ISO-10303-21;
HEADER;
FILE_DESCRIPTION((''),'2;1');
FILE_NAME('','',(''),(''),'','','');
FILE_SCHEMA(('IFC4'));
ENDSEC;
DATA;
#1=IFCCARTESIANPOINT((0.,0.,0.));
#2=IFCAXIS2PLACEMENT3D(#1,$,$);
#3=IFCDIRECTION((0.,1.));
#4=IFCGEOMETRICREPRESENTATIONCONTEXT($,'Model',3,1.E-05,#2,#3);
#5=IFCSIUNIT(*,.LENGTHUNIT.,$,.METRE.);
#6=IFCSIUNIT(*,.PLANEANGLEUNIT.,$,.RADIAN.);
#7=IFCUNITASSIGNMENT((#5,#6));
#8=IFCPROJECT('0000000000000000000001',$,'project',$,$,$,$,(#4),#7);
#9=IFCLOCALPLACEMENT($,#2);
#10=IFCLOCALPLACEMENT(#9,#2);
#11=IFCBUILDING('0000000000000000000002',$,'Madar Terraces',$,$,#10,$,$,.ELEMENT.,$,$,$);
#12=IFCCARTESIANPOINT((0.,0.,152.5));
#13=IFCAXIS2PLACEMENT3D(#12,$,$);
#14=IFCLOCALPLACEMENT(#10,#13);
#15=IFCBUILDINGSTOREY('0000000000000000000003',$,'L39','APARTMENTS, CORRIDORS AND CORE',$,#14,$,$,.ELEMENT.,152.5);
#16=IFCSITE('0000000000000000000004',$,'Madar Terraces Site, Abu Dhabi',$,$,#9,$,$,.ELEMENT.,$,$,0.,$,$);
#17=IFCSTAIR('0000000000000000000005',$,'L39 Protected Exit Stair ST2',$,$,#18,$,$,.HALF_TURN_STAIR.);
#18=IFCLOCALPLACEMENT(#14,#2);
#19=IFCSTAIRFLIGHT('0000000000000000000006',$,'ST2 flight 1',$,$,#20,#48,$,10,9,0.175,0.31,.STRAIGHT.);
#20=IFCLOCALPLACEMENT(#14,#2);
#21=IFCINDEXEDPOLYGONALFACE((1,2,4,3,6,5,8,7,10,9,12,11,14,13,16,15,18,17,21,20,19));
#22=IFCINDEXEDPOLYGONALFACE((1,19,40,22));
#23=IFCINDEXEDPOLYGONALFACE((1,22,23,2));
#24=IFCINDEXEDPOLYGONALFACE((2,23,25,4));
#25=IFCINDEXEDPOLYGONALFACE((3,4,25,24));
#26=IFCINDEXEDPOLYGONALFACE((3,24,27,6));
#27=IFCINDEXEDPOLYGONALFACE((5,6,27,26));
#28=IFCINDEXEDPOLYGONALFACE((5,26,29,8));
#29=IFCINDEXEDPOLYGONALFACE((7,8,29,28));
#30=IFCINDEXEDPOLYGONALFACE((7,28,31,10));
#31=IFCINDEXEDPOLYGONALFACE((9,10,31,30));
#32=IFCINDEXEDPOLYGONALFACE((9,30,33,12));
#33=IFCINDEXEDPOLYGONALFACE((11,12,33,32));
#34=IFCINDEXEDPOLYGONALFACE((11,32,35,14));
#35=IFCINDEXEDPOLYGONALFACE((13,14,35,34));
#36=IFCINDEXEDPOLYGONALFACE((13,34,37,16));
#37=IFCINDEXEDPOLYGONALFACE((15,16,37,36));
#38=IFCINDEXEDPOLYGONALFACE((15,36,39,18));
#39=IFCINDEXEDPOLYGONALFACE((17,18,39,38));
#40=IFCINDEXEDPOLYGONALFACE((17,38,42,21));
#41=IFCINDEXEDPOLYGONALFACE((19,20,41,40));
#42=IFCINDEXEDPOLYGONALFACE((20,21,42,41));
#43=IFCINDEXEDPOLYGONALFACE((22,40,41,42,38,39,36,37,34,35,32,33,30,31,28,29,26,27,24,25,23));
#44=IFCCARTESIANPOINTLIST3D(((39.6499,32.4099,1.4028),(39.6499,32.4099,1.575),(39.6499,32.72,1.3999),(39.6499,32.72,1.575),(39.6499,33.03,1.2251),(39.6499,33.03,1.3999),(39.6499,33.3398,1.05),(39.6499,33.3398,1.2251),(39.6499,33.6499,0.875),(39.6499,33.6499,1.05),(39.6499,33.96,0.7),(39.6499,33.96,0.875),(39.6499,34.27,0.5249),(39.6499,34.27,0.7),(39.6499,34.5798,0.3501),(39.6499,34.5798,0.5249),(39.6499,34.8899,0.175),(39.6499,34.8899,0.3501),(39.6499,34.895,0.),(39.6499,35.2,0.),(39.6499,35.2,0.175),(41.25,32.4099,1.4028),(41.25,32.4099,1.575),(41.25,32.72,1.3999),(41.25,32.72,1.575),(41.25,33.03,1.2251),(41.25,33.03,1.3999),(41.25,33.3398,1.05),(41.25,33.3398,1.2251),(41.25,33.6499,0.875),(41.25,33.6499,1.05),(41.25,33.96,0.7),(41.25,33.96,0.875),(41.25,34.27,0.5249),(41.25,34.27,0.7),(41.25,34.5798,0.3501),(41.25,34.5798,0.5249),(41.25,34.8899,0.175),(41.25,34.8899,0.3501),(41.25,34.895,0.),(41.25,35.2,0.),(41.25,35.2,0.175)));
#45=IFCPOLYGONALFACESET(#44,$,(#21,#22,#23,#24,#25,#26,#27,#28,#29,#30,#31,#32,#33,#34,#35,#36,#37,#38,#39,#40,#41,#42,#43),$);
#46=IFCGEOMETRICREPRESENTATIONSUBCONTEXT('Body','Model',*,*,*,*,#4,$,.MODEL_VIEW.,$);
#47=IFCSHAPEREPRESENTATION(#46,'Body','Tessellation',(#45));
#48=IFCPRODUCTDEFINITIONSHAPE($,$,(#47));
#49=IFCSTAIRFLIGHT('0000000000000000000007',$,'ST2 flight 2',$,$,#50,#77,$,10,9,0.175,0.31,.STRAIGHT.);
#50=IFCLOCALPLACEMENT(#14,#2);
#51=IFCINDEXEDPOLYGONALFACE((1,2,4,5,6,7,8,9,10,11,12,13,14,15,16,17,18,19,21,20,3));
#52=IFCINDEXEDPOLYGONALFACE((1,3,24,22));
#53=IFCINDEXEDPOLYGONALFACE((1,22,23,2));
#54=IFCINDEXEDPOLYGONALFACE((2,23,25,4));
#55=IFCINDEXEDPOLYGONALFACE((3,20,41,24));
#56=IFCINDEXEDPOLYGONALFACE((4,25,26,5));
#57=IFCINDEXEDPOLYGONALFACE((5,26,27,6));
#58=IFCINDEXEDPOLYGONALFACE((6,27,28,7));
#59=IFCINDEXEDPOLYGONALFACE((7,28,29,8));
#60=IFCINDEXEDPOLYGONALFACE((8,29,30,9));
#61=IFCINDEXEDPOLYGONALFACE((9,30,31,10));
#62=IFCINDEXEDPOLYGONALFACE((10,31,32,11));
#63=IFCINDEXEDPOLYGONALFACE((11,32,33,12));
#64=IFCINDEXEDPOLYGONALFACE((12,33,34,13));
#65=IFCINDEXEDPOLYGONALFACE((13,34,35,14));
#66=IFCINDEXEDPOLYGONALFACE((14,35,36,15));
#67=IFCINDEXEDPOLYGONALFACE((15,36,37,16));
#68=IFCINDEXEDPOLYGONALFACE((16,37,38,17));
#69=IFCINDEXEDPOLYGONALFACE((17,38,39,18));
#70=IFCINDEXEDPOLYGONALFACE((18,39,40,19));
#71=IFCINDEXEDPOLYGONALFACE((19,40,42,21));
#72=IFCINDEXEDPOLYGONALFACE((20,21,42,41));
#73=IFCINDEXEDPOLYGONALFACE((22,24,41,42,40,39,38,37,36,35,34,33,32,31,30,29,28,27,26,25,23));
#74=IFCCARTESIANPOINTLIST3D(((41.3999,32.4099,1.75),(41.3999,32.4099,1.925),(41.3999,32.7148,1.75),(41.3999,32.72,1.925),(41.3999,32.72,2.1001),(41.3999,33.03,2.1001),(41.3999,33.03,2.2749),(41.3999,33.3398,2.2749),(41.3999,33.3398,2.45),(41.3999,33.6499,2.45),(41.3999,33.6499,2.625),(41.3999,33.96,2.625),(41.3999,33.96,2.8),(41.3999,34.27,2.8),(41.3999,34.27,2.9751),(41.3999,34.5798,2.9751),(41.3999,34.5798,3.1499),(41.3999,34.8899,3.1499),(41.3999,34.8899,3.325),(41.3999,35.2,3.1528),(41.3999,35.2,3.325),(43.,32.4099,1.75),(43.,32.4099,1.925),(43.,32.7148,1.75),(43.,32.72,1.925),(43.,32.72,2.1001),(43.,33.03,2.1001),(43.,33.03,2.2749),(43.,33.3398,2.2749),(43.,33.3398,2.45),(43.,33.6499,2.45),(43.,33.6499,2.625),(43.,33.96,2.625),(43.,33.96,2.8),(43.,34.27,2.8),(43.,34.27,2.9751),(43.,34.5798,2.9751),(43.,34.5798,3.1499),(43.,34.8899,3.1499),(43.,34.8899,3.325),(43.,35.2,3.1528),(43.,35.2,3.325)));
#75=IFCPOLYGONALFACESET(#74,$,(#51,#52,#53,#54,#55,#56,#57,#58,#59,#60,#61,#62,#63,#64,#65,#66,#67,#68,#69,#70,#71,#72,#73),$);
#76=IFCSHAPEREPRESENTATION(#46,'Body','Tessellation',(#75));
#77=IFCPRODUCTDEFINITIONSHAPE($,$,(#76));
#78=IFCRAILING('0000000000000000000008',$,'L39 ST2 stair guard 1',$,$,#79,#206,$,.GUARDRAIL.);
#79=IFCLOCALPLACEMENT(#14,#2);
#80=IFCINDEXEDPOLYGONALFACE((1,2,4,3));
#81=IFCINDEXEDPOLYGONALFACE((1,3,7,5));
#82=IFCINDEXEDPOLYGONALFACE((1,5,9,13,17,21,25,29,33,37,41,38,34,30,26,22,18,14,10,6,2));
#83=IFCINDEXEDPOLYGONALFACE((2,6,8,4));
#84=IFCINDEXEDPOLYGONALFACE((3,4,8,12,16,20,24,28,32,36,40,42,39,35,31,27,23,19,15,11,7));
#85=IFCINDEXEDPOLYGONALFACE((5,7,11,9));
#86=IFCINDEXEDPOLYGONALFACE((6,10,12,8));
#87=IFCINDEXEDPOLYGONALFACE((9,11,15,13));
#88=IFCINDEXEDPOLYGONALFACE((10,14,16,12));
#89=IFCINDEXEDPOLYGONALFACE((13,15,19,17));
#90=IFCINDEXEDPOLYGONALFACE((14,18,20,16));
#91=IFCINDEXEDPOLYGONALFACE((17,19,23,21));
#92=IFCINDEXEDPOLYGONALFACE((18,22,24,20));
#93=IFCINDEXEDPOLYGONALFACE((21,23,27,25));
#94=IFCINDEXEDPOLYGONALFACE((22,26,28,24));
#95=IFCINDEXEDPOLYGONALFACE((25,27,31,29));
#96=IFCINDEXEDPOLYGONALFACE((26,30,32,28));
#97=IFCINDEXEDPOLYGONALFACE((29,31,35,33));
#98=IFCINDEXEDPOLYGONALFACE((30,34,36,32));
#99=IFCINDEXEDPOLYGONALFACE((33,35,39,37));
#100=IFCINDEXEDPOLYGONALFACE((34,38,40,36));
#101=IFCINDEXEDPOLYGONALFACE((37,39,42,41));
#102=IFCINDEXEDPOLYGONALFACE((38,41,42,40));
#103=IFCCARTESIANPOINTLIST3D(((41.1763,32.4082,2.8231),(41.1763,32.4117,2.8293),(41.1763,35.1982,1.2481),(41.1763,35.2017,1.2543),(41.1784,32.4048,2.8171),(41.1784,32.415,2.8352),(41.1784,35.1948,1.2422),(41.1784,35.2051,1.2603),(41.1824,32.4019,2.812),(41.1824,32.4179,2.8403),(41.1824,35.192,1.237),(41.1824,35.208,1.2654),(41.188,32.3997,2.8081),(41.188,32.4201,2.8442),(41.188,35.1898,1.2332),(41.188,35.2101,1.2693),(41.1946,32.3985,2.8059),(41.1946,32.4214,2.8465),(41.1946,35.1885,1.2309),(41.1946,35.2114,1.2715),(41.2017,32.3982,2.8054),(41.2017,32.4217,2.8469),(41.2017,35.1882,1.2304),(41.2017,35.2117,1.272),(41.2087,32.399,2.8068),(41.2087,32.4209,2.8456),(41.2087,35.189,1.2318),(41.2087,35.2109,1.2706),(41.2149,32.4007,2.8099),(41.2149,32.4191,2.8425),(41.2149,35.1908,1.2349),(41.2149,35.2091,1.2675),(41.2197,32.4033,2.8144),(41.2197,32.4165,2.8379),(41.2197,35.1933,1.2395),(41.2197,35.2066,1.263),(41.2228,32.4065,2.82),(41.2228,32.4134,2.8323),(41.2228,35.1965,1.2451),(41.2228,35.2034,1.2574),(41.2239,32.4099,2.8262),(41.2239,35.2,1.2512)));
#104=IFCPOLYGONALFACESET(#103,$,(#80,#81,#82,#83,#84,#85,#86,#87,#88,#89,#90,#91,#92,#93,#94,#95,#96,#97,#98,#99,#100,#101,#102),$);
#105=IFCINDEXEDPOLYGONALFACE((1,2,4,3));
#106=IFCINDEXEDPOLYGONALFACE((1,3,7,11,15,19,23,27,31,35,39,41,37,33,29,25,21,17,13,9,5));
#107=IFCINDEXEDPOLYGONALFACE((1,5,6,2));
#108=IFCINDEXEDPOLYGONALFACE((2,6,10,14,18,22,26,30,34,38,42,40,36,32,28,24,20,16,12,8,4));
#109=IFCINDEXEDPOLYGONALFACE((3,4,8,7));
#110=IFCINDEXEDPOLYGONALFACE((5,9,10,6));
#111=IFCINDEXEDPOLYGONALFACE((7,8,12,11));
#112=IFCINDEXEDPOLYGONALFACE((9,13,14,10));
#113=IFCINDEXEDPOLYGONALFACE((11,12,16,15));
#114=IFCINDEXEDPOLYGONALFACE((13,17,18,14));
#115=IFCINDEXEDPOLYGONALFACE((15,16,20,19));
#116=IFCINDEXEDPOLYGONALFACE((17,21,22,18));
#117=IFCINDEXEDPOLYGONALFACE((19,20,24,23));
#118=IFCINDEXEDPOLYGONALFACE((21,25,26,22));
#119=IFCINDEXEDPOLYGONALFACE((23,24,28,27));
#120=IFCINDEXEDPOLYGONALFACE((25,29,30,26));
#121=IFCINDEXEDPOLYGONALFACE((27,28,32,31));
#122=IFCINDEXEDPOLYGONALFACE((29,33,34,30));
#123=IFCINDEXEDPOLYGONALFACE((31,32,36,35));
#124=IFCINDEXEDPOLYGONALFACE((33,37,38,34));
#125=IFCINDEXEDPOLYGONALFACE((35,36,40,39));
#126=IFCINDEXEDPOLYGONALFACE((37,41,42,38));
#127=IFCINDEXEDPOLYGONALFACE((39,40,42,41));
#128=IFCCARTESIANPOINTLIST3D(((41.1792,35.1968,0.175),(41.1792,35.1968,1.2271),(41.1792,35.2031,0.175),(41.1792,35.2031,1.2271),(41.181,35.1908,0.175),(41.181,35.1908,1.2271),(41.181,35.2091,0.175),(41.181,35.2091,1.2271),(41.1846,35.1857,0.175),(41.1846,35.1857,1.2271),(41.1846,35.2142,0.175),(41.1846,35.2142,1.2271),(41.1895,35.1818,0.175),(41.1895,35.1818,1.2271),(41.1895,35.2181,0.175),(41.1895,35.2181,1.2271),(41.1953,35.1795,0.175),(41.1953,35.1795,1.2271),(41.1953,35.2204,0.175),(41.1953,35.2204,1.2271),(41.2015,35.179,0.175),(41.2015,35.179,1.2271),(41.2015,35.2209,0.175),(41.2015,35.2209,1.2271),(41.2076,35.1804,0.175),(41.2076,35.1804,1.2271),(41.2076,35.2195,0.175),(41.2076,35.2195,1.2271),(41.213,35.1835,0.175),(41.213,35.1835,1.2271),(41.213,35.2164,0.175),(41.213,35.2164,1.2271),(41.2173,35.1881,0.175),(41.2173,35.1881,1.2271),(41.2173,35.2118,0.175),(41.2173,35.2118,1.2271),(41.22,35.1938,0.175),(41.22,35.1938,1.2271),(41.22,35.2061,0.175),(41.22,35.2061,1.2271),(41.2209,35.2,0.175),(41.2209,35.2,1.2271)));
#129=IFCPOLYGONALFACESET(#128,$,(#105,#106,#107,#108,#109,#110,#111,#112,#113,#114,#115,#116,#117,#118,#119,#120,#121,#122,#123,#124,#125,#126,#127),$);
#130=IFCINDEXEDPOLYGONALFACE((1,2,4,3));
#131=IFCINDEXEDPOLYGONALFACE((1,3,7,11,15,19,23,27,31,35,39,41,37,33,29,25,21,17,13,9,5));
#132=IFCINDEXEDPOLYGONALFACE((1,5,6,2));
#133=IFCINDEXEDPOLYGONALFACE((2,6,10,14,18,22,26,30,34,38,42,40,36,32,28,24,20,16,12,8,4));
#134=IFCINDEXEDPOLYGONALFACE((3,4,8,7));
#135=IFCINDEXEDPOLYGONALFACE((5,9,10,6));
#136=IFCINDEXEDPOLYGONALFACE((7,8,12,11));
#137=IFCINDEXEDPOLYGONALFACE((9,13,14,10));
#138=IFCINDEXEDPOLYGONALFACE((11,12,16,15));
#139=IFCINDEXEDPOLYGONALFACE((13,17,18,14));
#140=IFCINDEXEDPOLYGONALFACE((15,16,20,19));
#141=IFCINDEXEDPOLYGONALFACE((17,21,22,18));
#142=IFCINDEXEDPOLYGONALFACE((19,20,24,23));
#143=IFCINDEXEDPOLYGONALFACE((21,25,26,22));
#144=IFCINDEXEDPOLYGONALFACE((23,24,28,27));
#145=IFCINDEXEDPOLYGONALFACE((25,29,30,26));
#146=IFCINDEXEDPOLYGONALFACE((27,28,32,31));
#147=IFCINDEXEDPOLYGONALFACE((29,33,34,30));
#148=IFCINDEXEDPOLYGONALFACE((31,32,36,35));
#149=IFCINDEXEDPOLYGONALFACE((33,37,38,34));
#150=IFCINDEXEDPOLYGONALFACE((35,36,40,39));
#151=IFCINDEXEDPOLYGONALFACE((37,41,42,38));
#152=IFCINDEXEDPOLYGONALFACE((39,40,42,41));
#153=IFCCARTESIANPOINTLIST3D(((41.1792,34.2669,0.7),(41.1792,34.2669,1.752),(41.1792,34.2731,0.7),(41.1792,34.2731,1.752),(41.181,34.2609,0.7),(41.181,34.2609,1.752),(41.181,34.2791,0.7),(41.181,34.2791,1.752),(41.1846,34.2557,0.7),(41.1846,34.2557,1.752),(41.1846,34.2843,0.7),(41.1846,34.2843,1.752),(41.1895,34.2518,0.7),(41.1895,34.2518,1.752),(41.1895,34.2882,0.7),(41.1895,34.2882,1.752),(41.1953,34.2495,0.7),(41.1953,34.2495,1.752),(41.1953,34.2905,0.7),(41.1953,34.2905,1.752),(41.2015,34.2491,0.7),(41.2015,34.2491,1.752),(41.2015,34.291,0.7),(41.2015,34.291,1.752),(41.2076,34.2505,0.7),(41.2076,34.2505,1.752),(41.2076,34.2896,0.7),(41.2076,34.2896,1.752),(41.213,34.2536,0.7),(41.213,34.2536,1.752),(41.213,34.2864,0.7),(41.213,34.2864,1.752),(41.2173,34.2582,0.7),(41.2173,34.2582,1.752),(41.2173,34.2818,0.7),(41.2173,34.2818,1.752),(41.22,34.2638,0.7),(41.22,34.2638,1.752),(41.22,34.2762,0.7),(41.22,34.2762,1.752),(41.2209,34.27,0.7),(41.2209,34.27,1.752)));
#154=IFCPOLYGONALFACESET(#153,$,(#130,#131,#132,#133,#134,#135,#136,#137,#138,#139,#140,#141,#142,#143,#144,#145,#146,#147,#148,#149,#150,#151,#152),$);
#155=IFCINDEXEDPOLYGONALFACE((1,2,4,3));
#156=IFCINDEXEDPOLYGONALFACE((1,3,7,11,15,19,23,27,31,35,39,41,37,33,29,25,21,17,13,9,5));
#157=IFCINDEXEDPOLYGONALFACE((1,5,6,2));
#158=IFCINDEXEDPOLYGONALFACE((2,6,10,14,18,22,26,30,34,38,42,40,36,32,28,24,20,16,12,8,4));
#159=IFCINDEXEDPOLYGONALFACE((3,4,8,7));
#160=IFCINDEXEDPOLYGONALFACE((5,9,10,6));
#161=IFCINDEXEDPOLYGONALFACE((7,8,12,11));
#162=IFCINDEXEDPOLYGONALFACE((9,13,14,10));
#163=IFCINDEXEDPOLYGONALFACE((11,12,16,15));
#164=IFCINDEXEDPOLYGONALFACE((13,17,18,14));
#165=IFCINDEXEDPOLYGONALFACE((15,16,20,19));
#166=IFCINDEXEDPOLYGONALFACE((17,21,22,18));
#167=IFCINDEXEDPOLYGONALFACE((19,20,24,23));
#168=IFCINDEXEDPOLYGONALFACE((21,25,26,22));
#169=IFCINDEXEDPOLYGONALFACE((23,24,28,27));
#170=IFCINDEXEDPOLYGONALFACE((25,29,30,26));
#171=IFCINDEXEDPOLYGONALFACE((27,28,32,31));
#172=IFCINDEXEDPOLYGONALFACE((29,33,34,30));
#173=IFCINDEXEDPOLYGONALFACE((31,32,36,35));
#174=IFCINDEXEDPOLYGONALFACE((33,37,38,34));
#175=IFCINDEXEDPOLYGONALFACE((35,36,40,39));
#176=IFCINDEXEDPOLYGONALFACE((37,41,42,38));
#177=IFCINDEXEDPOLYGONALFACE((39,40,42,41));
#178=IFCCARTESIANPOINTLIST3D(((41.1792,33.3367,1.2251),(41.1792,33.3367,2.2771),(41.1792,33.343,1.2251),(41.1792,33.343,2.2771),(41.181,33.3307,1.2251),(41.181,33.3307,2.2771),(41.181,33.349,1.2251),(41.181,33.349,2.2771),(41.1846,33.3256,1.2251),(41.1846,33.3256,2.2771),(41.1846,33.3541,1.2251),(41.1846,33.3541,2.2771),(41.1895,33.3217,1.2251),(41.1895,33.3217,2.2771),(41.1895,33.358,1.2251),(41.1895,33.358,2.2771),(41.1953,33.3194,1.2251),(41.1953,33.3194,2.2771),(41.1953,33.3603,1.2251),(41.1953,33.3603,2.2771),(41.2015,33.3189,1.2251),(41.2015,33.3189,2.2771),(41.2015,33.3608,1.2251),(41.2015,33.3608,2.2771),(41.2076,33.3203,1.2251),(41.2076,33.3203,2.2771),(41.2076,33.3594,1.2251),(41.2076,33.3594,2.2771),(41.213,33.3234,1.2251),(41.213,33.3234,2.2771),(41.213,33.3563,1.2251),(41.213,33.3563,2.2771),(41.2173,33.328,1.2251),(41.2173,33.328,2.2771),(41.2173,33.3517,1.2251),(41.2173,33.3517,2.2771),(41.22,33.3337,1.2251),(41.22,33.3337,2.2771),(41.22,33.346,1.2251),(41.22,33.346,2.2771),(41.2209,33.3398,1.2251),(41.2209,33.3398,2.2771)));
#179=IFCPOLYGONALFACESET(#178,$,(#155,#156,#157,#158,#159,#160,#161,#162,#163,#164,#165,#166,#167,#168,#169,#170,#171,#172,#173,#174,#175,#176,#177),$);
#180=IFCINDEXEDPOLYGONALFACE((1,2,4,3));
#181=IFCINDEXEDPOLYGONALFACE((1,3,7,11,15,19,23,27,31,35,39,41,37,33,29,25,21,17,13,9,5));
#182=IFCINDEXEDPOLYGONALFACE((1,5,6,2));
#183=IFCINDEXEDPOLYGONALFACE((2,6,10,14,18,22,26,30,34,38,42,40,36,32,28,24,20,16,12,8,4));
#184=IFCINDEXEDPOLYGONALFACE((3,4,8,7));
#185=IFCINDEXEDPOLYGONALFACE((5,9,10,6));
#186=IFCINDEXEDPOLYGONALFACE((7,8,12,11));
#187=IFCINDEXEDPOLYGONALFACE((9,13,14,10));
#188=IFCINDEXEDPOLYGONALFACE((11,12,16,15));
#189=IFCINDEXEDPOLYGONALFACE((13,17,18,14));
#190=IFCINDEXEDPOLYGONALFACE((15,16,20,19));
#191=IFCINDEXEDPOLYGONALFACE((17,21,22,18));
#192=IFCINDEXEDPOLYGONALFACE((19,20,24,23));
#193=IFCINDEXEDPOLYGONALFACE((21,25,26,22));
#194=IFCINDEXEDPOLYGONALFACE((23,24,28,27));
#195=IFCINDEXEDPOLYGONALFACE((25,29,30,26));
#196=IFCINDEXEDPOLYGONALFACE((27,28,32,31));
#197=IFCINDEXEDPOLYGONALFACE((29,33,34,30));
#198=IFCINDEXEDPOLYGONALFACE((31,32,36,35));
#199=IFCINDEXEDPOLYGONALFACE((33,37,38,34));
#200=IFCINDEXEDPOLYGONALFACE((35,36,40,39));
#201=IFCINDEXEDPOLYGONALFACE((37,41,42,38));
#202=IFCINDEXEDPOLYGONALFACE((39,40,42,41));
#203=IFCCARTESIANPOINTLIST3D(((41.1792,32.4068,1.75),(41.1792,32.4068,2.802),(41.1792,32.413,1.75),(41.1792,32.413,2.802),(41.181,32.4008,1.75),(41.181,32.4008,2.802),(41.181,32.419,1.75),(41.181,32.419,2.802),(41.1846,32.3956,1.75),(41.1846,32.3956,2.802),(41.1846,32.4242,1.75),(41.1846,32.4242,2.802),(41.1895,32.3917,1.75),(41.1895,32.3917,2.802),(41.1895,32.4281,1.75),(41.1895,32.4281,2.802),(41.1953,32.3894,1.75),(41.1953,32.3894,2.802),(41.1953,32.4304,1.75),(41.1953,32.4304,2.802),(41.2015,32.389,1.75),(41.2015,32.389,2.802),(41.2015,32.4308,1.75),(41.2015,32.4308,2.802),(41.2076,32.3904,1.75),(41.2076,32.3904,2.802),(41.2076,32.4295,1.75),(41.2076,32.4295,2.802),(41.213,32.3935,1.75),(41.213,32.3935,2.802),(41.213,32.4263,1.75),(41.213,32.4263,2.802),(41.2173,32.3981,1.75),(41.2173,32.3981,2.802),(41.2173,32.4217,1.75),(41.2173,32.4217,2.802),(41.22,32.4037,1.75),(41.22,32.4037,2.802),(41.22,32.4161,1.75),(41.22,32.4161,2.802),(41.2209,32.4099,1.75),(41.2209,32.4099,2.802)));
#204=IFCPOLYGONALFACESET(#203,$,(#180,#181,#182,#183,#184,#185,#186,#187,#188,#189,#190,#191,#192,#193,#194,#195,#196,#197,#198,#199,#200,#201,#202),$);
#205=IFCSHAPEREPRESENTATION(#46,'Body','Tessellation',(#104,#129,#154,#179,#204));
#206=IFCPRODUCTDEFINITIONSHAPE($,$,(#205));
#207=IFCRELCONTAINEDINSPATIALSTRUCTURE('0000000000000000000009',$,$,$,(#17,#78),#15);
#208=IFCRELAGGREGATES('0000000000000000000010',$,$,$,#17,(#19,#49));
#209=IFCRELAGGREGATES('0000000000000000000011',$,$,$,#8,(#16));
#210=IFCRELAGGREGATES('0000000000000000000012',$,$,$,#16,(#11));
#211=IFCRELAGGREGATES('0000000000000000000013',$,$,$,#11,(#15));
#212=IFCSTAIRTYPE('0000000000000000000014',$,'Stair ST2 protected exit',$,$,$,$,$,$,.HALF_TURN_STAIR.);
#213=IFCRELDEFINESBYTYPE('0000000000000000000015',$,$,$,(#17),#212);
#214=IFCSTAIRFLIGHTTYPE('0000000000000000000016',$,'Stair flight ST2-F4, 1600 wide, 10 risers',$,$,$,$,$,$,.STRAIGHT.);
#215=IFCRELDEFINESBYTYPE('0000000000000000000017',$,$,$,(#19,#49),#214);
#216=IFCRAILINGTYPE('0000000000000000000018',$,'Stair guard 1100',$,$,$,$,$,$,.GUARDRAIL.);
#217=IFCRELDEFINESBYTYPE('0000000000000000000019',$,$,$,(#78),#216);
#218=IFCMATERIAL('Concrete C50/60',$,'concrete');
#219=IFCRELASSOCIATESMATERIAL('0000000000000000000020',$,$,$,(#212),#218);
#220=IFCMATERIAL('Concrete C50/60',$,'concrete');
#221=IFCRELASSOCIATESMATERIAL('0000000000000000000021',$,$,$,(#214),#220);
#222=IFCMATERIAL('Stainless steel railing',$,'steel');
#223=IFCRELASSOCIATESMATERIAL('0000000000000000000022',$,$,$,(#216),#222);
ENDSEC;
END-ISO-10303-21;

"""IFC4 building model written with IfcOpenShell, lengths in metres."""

from ifc_helpers import new_model, si_unit, direction, frame, origin, origin_2d, place, context, subcontext, project, spatial, polyline, circle, outline, extrude, material, type_object, element, aggregate, save


model = new_model("IFC4")

# Units and contexts
model_context = context("Model", 3, precision=1e-05, world=origin(), true_north=direction((0.0, 1.0)))
body_context = subcontext(model_context, "Body", "Model", "MODEL_VIEW")
ifc_project = project(units=[si_unit("LENGTHUNIT", "METRE"), si_unit("PLANEANGLEUNIT", "RADIAN")], contexts=[model_context])

# Site, building, storey
site_placement = place(None, origin())
site = spatial("IfcSite", under=ifc_project, at=site_placement, Name="Madar Terraces Site, Abu Dhabi", CompositionType="ELEMENT", RefElevation=0.0)
building_placement = place(site_placement, origin())
building = spatial("IfcBuilding", under=site, at=building_placement, Name="Madar Terraces", CompositionType="ELEMENT")
storey_placement = place(building_placement, frame((0.0, 0.0, 152.5)))
storey = spatial("IfcBuildingStorey", under=building, at=storey_placement, Name="L39", Description="APARTMENTS, CORRIDORS AND CORE", CompositionType="ELEMENT", Elevation=152.5)

# Stair, stair flights
ifc_material_1 = material(Name="Concrete C50/60", Category="concrete")
stair_type = type_object("IfcStairType", Name="Stair ST2 protected exit", PredefinedType="HALF_TURN_STAIR", material=ifc_material_1)
stair_placement = place(storey_placement, origin())
stair = element("IfcStair", 1, at=stair_placement, inside=storey, type_object=stair_type, Name="L39 Protected Exit Stair ST2", PredefinedType="HALF_TURN_STAIR")
ifc_material_2 = material(Name="Concrete C50/60", Category="concrete")
stair_flight_type = type_object("IfcStairFlightType", Name="Stair flight ST2-F4, 1600 wide, 10 risers", PredefinedType="STRAIGHT", material=ifc_material_2)
stair_flight_1_placement = place(storey_placement, frame((40.45, 35.2, 0.0), z_axis=(0.0, 0.0, 1.0), x_axis=(0.0, -1.0, 0.0)))
stair_flight_1 = element("IfcStairFlight", 2, at=stair_flight_1_placement, type_object=stair_flight_type, Name="ST2 flight 1", NumberOfRisers=10, NumberOfTreads=9, PredefinedType="STRAIGHT", RiserHeight=0.175, TreadLength=0.31, context=body_context, shape_type="SweptSolid", body=[
    extrude(outline(polyline([(0.0, 0.0), (0.0, 0.175), (0.3101, 0.175), (0.3101, 0.3501), (0.6201, 0.3501), (0.6201, 0.5249), (0.9299, 0.5249), (0.9299, 0.7), (1.24, 0.7), (1.24, 0.875), (1.55, 0.875), (1.55, 1.05), (1.8601, 1.05), (1.8601, 1.2251), (2.1699, 1.2251), (2.1699, 1.3999), (2.48, 1.3999), (2.48, 1.575), (2.79, 1.575), (2.79, 1.75), (2.79, 1.4028), (0.3049, 0.0), (0.0, 0.0)])), frame((0.0, 0.8, 0.0), z_axis=(0.0, -1.0, 0.0), x_axis=(1.0, 0.0, 0.0)), (0.0, 0.0, 1.0), 1.6001),
])
stair_flight_2_placement = place(storey_placement, frame((42.2, 32.4099, 1.75), z_axis=(0.0, 0.0, 1.0), x_axis=(0.0, 1.0, 0.0)))
stair_flight_2 = element("IfcStairFlight", 3, at=stair_flight_2_placement, type_object=stair_flight_type, Name="ST2 flight 2", NumberOfRisers=10, NumberOfTreads=9, PredefinedType="STRAIGHT", RiserHeight=0.175, TreadLength=0.31, context=body_context, shape_type="SweptSolid", body=[
    extrude(outline(polyline([(0.0, 0.0), (0.0, 0.175), (0.3101, 0.175), (0.3101, 0.3501), (0.6201, 0.3501), (0.6201, 0.5249), (0.9299, 0.5249), (0.9299, 0.7), (1.24, 0.7), (1.24, 0.875), (1.55, 0.875), (1.55, 1.05), (1.8601, 1.05), (1.8601, 1.2251), (2.1699, 1.2251), (2.1699, 1.3999), (2.48, 1.3999), (2.48, 1.575), (2.79, 1.575), (2.79, 1.75), (2.79, 1.4028), (0.3049, 0.0), (0.0, 0.0)])), frame((0.0, 0.8, 0.0), z_axis=(0.0, -1.0, 0.0), x_axis=(1.0, 0.0, 0.0)), (0.0, 0.0, 1.0), 1.6001),
])
aggregate(stair, [stair_flight_1, stair_flight_2])

# Railing
ifc_material_3 = material(Name="Stainless steel railing", Category="steel")
railing_type_1 = type_object("IfcRailingType", Name="Stair guard 1100", PredefinedType="GUARDRAIL", material=ifc_material_3)
railing_1_placement = place(storey_placement, frame((41.2, 35.2, 0.175)))
element("IfcRailing", 4, at=railing_1_placement, inside=storey, type_object=railing_type_1, Name="L39 ST2 stair guard 1", PredefinedType="GUARDRAIL", context=body_context, shape_type="SweptSolid", body=[
    extrude(circle(Radius=0.0239, at=origin_2d()), frame((0.0, 0.0, 1.0762), z_axis=(0.0, -0.870834, 0.491578), x_axis=(1.0, 0.0, 0.0)), (0.0, 0.0, 1.0), 3.2039),
    extrude(circle(Radius=0.021, at=origin_2d()), origin(), (0.0, 0.0, 1.0), 1.052),
    extrude(circle(Radius=0.021, at=origin_2d()), frame((0.0, -0.9299, 0.5249)), (0.0, 0.0, 1.0), 1.052),
    extrude(circle(Radius=0.021, at=origin_2d()), frame((0.0, -1.8601, 1.05)), (0.0, 0.0, 1.0), 1.052),
    extrude(circle(Radius=0.021, at=origin_2d()), frame((0.0, -2.79, 1.575)), (0.0, 0.0, 1.0), 1.052),
])

save(model, "model.ifc")
